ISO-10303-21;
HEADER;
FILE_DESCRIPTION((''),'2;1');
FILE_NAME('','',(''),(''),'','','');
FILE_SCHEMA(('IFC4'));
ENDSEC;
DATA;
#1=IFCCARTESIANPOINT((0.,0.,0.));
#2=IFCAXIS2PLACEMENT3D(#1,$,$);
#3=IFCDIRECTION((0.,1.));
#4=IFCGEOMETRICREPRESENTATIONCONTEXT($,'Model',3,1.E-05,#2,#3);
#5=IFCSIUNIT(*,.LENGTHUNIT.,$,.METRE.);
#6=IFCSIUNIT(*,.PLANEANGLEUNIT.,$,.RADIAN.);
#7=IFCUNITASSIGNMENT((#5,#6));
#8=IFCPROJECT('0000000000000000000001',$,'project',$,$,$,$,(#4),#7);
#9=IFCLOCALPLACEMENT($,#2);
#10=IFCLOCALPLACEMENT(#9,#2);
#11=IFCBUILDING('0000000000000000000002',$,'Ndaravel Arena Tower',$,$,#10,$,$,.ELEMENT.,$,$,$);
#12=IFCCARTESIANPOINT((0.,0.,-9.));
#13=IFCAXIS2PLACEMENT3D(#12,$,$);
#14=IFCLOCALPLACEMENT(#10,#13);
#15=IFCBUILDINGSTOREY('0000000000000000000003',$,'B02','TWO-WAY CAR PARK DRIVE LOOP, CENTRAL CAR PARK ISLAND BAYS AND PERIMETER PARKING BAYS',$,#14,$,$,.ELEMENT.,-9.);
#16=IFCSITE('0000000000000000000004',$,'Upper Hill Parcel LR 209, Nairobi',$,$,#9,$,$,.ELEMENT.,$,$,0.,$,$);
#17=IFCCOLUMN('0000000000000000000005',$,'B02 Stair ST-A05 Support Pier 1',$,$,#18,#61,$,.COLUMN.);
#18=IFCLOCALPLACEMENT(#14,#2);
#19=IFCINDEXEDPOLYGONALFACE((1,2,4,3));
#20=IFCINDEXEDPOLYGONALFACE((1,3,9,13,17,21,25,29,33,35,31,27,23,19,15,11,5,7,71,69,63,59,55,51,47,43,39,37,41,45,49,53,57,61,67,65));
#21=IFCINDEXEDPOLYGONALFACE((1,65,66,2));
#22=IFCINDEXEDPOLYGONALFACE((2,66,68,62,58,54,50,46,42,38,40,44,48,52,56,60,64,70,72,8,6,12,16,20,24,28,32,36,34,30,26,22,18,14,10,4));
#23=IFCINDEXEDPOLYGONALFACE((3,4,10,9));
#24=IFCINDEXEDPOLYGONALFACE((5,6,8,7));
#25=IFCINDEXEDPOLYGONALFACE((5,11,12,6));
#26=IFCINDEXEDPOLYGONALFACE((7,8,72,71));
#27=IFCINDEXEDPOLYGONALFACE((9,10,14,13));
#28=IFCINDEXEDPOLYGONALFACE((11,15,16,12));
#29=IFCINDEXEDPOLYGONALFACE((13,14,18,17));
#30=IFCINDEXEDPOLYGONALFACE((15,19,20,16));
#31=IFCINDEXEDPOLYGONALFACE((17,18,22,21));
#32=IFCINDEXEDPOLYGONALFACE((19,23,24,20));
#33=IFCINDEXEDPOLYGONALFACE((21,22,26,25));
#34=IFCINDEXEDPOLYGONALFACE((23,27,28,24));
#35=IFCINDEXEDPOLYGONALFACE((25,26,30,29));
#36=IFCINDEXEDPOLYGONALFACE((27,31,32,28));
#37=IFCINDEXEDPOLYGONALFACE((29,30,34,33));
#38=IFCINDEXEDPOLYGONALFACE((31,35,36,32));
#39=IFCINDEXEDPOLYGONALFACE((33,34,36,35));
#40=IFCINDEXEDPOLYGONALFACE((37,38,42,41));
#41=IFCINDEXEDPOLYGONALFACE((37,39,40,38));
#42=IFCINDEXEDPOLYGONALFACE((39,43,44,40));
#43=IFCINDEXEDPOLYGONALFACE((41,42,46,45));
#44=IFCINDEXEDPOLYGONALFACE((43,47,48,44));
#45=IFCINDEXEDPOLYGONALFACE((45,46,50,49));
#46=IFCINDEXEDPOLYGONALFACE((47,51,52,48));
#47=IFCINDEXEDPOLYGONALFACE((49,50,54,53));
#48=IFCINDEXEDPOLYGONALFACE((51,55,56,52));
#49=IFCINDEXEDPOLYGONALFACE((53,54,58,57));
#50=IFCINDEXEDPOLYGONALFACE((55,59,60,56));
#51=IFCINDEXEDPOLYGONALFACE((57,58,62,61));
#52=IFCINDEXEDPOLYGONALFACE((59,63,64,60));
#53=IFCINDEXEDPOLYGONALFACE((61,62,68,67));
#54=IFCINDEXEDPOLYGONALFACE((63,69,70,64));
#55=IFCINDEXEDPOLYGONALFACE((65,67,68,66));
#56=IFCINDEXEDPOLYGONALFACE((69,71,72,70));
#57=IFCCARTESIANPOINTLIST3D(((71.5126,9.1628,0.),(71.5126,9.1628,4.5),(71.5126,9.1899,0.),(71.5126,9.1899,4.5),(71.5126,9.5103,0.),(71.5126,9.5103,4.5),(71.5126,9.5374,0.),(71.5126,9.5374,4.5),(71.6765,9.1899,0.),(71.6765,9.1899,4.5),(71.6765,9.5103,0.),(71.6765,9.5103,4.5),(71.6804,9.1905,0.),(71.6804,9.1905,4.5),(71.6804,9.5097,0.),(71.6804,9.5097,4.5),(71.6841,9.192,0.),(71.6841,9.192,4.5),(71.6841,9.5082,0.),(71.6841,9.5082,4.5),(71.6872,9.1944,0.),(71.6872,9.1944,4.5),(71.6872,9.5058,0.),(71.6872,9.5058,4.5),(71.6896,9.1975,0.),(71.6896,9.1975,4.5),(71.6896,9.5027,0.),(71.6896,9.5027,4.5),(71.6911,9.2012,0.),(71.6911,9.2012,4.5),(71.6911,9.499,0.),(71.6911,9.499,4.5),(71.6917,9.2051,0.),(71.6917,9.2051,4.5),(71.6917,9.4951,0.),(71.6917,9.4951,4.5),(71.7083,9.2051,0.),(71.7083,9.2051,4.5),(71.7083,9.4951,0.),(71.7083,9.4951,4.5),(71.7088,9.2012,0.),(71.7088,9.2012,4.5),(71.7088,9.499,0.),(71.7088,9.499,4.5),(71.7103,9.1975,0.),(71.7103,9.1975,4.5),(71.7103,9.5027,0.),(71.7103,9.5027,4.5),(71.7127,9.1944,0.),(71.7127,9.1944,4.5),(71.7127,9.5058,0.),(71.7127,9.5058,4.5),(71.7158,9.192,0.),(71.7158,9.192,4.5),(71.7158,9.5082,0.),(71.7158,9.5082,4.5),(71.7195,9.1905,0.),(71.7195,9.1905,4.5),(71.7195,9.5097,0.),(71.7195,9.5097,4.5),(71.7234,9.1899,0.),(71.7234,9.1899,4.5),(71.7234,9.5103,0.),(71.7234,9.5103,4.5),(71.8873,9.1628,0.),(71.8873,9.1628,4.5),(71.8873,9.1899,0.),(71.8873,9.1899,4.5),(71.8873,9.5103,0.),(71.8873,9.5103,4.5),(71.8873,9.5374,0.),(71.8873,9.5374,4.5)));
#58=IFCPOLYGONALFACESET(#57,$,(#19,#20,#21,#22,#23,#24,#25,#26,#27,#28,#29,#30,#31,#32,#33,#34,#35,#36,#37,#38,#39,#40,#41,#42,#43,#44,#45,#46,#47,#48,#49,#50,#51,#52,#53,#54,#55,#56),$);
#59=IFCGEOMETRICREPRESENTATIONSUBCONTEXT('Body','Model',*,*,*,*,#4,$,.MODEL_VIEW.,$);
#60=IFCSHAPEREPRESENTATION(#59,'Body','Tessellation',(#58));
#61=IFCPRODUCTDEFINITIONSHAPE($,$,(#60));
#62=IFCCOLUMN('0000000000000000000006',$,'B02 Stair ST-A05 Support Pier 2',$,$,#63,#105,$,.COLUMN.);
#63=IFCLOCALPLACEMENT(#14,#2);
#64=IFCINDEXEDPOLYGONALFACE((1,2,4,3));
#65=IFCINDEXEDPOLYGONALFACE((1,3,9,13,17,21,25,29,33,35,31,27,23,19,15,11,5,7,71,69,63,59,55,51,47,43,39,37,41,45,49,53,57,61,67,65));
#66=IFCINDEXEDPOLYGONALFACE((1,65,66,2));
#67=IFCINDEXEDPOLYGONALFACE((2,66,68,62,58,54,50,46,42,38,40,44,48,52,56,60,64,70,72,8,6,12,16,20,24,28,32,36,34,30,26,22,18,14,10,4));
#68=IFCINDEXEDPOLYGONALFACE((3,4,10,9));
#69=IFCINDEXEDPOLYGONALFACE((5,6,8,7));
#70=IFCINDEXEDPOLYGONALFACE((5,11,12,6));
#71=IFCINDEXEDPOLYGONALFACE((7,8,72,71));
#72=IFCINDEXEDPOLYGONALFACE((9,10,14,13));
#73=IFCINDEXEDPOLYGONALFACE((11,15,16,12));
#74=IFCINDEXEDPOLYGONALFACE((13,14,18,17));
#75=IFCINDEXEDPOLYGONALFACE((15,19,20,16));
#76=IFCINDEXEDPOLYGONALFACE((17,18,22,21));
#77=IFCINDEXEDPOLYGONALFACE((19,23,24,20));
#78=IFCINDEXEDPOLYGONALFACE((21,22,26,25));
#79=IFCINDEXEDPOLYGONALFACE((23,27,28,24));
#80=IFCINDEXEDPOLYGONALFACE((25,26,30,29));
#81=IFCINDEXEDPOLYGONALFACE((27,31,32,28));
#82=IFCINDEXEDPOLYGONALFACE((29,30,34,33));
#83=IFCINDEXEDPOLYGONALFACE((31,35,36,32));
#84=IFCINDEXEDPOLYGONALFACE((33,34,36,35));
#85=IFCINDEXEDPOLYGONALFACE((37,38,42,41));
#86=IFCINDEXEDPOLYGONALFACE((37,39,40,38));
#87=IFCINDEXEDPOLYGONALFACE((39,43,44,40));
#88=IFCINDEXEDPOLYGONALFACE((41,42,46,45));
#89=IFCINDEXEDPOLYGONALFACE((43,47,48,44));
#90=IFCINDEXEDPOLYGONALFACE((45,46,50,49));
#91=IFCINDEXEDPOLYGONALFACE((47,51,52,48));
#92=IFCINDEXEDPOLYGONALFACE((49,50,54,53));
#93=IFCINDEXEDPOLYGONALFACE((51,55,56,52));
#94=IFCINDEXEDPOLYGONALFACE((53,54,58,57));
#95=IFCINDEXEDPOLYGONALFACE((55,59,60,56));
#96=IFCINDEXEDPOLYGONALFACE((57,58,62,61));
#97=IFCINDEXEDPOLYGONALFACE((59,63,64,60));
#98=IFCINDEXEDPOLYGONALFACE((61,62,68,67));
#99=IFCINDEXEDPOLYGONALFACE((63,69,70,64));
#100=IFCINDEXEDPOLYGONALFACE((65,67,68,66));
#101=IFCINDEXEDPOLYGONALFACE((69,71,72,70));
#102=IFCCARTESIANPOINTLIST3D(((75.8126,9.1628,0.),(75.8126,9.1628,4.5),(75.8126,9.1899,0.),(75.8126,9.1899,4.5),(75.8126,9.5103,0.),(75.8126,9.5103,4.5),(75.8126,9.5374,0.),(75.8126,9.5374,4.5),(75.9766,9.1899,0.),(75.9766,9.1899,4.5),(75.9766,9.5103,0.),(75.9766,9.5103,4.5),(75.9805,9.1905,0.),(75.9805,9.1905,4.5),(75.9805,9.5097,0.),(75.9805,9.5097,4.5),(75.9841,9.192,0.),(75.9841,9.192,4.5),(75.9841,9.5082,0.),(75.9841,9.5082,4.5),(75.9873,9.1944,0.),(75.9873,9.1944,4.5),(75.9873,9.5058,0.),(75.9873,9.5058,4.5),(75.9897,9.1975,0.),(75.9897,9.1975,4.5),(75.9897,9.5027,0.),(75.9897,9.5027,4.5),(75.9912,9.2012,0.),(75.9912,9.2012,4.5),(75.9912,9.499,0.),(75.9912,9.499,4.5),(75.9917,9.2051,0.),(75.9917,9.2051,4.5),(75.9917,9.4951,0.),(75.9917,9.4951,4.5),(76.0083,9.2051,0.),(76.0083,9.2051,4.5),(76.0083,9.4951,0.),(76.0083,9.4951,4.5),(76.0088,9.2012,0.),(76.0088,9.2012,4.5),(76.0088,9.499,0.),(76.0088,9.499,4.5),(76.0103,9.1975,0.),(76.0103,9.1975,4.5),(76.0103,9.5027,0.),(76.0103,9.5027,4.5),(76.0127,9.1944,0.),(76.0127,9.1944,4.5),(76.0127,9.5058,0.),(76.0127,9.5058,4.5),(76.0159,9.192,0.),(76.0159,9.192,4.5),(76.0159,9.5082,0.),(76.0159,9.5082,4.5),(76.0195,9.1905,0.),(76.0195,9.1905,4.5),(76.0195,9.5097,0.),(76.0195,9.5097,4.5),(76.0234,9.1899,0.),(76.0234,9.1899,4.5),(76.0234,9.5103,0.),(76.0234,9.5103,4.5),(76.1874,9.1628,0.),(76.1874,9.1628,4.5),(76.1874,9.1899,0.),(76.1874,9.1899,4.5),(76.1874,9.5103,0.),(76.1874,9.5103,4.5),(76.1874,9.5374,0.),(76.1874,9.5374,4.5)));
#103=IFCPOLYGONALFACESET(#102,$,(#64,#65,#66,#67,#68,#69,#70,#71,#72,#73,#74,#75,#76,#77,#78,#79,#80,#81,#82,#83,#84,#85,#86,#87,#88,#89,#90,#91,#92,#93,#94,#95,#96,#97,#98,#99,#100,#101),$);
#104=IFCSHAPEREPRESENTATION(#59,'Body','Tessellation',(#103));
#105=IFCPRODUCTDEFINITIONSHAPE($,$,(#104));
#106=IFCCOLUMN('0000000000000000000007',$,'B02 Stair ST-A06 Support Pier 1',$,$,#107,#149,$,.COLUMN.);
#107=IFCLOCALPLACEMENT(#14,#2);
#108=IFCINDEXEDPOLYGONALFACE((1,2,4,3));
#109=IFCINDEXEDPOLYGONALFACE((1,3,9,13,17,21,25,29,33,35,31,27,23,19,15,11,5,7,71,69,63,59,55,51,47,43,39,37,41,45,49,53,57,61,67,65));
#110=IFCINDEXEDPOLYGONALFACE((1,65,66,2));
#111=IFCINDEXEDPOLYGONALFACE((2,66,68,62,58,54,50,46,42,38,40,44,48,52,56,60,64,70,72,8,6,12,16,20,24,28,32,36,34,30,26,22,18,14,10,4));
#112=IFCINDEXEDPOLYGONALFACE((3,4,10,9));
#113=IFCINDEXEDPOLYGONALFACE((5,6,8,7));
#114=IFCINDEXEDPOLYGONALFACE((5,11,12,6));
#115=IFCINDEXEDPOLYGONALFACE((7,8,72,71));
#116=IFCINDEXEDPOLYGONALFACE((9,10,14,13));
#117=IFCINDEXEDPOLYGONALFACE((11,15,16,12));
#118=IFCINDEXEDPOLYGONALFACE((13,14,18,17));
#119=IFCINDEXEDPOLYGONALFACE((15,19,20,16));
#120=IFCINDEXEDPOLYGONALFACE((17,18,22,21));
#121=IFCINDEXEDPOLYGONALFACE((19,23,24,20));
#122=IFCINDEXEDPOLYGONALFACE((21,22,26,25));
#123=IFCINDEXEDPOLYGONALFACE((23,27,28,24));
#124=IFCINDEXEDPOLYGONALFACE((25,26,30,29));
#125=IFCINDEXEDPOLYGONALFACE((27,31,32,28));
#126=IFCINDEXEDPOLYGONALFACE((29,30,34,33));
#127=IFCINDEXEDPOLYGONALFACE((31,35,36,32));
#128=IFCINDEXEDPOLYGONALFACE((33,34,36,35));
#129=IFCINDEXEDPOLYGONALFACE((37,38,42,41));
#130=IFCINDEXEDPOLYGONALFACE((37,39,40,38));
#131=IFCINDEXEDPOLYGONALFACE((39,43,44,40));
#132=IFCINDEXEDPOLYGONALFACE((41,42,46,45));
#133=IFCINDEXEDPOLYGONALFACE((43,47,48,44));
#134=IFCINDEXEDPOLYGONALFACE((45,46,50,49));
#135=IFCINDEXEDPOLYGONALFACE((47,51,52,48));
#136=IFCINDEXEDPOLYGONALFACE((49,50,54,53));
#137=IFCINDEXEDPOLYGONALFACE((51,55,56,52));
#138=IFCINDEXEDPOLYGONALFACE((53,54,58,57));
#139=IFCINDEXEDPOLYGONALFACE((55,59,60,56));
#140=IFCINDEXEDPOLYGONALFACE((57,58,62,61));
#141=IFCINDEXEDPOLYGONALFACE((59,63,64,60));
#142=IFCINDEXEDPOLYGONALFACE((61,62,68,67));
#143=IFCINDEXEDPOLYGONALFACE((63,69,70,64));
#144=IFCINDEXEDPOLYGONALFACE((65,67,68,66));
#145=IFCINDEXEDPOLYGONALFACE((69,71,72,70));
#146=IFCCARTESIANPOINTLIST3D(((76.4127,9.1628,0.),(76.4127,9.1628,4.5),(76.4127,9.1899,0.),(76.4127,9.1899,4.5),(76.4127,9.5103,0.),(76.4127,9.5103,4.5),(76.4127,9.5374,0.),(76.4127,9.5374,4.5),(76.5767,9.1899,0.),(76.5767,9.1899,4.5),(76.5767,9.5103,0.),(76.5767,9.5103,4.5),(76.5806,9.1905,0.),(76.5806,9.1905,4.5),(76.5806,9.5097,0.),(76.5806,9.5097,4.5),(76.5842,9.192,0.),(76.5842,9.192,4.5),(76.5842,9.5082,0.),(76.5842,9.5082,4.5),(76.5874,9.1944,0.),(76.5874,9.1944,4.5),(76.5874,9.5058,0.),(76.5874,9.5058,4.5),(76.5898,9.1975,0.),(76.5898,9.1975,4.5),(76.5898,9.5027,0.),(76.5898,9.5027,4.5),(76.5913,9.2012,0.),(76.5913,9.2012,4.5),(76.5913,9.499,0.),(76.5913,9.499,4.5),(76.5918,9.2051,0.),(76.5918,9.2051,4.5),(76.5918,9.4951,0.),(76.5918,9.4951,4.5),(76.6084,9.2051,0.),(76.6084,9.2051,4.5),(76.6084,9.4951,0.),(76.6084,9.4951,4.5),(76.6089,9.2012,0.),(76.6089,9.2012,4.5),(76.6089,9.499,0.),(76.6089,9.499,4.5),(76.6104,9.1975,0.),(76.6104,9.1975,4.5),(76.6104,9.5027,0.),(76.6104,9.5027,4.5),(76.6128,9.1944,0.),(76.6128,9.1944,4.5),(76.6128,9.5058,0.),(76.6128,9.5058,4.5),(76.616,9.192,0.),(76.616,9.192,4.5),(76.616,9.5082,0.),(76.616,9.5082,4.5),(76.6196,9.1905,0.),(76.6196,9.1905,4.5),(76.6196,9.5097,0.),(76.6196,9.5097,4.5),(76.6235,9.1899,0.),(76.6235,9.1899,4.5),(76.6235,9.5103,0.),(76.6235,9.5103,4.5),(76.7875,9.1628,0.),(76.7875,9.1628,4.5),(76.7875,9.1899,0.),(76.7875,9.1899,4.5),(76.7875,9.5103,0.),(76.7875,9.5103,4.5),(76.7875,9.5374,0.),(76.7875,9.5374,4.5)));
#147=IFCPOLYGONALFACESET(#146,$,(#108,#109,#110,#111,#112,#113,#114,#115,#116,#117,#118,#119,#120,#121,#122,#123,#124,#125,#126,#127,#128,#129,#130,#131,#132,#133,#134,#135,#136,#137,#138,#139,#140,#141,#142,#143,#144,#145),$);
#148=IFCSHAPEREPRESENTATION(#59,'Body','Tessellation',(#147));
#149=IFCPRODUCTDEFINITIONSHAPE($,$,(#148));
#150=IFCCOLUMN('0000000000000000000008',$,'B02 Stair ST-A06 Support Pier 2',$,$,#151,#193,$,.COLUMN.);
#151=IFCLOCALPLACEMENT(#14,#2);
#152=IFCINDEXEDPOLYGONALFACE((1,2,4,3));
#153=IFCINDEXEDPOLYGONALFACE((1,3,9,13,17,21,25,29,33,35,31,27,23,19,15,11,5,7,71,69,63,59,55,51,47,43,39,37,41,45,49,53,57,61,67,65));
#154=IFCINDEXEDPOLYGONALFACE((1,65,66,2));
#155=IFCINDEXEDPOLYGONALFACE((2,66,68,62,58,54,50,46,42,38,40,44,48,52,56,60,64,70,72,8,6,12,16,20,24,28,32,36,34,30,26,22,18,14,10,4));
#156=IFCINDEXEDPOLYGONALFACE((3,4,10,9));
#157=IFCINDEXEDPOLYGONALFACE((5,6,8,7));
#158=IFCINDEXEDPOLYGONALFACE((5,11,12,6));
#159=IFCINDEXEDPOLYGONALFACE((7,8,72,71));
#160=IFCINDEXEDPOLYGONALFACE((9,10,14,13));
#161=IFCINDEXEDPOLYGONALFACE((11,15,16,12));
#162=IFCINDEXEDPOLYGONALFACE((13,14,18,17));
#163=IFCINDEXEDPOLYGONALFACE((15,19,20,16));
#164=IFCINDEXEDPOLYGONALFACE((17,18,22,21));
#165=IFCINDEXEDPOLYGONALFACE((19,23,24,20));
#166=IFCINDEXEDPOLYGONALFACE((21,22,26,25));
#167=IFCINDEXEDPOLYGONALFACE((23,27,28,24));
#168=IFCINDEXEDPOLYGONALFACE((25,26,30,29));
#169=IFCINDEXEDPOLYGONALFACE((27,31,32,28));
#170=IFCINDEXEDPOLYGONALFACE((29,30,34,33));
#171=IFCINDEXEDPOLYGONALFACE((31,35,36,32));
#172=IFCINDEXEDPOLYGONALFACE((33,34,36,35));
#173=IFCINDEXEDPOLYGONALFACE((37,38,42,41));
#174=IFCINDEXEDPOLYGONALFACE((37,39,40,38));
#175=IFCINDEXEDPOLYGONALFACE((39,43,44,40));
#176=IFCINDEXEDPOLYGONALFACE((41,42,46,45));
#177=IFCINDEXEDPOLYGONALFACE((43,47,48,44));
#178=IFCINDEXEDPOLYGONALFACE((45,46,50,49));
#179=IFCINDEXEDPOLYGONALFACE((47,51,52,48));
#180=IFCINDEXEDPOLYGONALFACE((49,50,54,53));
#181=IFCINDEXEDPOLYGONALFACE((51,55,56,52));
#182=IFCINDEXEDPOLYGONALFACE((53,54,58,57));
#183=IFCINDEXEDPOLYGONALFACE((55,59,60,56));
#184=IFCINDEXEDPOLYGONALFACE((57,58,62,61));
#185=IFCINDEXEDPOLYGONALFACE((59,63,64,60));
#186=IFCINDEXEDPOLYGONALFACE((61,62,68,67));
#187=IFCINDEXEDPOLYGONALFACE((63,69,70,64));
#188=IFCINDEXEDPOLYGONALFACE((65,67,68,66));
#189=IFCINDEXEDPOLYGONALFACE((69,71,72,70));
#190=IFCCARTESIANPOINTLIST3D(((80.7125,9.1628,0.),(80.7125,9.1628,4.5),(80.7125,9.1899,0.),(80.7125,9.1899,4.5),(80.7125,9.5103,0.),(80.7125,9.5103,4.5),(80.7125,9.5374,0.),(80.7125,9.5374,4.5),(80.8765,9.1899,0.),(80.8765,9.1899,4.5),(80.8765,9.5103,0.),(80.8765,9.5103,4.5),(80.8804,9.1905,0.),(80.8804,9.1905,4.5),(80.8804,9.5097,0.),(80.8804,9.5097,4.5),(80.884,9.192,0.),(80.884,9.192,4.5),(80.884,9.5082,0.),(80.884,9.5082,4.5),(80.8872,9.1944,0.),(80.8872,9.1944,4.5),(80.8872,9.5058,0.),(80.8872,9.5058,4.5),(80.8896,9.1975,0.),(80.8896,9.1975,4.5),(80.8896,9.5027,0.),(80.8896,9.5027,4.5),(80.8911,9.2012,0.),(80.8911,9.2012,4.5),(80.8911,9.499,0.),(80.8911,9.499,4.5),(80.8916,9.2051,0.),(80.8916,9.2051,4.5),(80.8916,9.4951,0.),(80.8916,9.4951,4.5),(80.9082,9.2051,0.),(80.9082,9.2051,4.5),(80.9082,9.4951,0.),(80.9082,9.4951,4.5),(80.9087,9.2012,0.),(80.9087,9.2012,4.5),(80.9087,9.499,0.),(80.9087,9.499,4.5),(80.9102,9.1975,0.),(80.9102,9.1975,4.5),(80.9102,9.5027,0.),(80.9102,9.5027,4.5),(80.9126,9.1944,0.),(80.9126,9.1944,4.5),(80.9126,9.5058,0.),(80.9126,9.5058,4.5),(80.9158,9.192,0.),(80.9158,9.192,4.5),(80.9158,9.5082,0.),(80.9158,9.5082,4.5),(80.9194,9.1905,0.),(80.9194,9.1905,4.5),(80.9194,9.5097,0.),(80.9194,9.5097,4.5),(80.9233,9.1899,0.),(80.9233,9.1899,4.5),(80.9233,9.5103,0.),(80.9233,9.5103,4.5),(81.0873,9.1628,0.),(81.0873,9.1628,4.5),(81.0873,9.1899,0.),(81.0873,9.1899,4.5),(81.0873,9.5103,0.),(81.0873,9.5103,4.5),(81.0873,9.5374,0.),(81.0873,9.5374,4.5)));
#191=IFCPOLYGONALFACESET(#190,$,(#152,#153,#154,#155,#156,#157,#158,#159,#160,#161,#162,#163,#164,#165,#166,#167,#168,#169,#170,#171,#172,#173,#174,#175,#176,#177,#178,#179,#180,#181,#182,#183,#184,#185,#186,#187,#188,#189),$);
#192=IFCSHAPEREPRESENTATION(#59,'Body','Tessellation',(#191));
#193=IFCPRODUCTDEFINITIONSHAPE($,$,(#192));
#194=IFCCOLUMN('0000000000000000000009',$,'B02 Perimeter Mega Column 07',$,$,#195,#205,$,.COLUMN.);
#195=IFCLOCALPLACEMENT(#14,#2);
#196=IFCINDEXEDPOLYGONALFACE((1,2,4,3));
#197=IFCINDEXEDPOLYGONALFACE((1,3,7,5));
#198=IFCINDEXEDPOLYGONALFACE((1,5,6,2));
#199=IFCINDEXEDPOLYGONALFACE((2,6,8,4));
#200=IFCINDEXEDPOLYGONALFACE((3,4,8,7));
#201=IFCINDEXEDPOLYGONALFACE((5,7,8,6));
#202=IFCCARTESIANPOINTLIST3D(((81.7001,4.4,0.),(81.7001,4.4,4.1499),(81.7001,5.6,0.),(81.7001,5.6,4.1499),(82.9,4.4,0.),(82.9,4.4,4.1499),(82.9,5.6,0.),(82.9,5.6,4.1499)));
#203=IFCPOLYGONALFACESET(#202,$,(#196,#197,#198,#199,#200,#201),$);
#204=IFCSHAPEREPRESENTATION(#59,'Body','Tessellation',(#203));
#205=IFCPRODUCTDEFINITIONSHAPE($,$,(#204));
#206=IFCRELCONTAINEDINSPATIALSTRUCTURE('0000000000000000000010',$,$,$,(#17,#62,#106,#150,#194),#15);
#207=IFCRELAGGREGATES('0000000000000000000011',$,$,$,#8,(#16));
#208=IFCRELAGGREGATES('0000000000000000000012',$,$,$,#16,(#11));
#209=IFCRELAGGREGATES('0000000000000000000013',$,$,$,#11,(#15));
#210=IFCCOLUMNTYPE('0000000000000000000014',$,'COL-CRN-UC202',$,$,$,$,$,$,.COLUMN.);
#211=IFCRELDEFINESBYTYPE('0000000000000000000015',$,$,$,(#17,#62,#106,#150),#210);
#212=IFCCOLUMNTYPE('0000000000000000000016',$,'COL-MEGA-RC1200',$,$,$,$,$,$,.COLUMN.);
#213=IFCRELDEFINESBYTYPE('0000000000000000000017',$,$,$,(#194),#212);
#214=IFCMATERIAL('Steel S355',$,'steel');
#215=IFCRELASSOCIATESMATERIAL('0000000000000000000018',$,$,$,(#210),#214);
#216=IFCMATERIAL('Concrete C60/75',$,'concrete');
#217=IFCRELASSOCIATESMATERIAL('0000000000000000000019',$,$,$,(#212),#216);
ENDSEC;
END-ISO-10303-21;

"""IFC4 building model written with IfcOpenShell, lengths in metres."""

from ifc_helpers import new_model, si_unit, direction, frame, origin, origin_2d, place, context, subcontext, project, spatial, rectangle, i_section, extrude, material, material_profile, profile_set, type_object, element, save


model = new_model("IFC4")

# Units and contexts
model_context = context("Model", 3, precision=1e-05, world=origin(), true_north=direction((0.0, 1.0)))
body_context = subcontext(model_context, "Body", "Model", "MODEL_VIEW")
ifc_project = project(units=[si_unit("LENGTHUNIT", "METRE"), si_unit("PLANEANGLEUNIT", "RADIAN")], contexts=[model_context])

# Site, building, storey
site_placement = place(None, origin())
site = spatial("IfcSite", under=ifc_project, at=site_placement, Name="Upper Hill Parcel LR 209, Nairobi", CompositionType="ELEMENT", RefElevation=0.0)
building_placement = place(site_placement, origin())
building = spatial("IfcBuilding", under=site, at=building_placement, Name="Ndaravel Arena Tower", CompositionType="ELEMENT")
storey_placement = place(building_placement, frame((0.0, 0.0, -9.0)))
storey = spatial("IfcBuildingStorey", under=building, at=storey_placement, Name="B02", Description="TWO-WAY CAR PARK DRIVE LOOP, CENTRAL CAR PARK ISLAND BAYS AND PERIMETER PARKING BAYS", CompositionType="ELEMENT", Elevation=-9.0)

# Columns
ifc_material_1 = material(Name="Steel S355", Category="steel")
ifc_material_profile_1 = material_profile(ifc_material_1, i_section(OverallWidth=0.3748, OverallDepth=0.3745, WebThickness=0.0166, FlangeThickness=0.0271, FilletRadius=0.0151, at=origin_2d()), Name="UC 356x368x202")
ifc_profile_set_1 = profile_set([ifc_material_profile_1], Name="Steel S355")
column_type_1 = type_object("IfcColumnType", Name="COL-CRN-UC202", PredefinedType="COLUMN", material=ifc_profile_set_1)
for number, where, z_axis, x_axis, name in (
    (1, (71.7, 9.3501, 0.0), (0.0, 0.0, 1.0), (1.0, 0.0, 0.0), "B02 Stair ST-A05 Support Pier 1"),
    (2, (76.0, 9.3501, 0.0), (0.0, 0.0, 1.0), (1.0, 0.0, 0.0), "B02 Stair ST-A05 Support Pier 2"),
    (3, (76.6001, 9.3501, 0.0), (0.0, 0.0, 1.0), (1.0, 0.0, 0.0), "B02 Stair ST-A06 Support Pier 1"),
    (4, (80.8999, 9.3501, 0.0), (0.0, 0.0, 1.0), (1.0, 0.0, 0.0), "B02 Stair ST-A06 Support Pier 2"),
):
    element("IfcColumn", number, at=place(storey_placement, frame(where, z_axis=z_axis, x_axis=x_axis)), inside=storey, type_object=column_type_1, Name=name, PredefinedType="COLUMN", context=body_context, shape_type="SweptSolid", body=[
        extrude(i_section(OverallWidth=0.3748, OverallDepth=0.3745, WebThickness=0.0166, FlangeThickness=0.0271, FilletRadius=0.0151, at=origin_2d()), origin(), (0.0, 0.0, 1.0), 4.5),
    ])
ifc_material_2 = material(Name="Concrete C60/75", Category="concrete")
ifc_material_profile_2 = material_profile(ifc_material_2, rectangle(XDim=1.2, YDim=1.2, at=origin_2d()), Name="RC 1200x1200")
ifc_profile_set_2 = profile_set([ifc_material_profile_2], Name="Concrete C60/75")
column_type_2 = type_object("IfcColumnType", Name="COL-MEGA-RC1200", PredefinedType="COLUMN", material=ifc_profile_set_2)
for number, where, z_axis, x_axis, name in (
    (5, (82.3, 5.0, 0.0), (0.0, 0.0, 1.0), (1.0, 0.0, 0.0), "B02 Perimeter Mega Column 07"),
):
    element("IfcColumn", number, at=place(storey_placement, frame(where, z_axis=z_axis, x_axis=x_axis)), inside=storey, type_object=column_type_2, Name=name, PredefinedType="COLUMN", context=body_context, shape_type="SweptSolid", body=[
        extrude(rectangle(XDim=1.2, YDim=1.2, at=origin_2d()), origin(), (0.0, 0.0, 1.0), 4.1499),
    ])

save(model, "model.ifc")
